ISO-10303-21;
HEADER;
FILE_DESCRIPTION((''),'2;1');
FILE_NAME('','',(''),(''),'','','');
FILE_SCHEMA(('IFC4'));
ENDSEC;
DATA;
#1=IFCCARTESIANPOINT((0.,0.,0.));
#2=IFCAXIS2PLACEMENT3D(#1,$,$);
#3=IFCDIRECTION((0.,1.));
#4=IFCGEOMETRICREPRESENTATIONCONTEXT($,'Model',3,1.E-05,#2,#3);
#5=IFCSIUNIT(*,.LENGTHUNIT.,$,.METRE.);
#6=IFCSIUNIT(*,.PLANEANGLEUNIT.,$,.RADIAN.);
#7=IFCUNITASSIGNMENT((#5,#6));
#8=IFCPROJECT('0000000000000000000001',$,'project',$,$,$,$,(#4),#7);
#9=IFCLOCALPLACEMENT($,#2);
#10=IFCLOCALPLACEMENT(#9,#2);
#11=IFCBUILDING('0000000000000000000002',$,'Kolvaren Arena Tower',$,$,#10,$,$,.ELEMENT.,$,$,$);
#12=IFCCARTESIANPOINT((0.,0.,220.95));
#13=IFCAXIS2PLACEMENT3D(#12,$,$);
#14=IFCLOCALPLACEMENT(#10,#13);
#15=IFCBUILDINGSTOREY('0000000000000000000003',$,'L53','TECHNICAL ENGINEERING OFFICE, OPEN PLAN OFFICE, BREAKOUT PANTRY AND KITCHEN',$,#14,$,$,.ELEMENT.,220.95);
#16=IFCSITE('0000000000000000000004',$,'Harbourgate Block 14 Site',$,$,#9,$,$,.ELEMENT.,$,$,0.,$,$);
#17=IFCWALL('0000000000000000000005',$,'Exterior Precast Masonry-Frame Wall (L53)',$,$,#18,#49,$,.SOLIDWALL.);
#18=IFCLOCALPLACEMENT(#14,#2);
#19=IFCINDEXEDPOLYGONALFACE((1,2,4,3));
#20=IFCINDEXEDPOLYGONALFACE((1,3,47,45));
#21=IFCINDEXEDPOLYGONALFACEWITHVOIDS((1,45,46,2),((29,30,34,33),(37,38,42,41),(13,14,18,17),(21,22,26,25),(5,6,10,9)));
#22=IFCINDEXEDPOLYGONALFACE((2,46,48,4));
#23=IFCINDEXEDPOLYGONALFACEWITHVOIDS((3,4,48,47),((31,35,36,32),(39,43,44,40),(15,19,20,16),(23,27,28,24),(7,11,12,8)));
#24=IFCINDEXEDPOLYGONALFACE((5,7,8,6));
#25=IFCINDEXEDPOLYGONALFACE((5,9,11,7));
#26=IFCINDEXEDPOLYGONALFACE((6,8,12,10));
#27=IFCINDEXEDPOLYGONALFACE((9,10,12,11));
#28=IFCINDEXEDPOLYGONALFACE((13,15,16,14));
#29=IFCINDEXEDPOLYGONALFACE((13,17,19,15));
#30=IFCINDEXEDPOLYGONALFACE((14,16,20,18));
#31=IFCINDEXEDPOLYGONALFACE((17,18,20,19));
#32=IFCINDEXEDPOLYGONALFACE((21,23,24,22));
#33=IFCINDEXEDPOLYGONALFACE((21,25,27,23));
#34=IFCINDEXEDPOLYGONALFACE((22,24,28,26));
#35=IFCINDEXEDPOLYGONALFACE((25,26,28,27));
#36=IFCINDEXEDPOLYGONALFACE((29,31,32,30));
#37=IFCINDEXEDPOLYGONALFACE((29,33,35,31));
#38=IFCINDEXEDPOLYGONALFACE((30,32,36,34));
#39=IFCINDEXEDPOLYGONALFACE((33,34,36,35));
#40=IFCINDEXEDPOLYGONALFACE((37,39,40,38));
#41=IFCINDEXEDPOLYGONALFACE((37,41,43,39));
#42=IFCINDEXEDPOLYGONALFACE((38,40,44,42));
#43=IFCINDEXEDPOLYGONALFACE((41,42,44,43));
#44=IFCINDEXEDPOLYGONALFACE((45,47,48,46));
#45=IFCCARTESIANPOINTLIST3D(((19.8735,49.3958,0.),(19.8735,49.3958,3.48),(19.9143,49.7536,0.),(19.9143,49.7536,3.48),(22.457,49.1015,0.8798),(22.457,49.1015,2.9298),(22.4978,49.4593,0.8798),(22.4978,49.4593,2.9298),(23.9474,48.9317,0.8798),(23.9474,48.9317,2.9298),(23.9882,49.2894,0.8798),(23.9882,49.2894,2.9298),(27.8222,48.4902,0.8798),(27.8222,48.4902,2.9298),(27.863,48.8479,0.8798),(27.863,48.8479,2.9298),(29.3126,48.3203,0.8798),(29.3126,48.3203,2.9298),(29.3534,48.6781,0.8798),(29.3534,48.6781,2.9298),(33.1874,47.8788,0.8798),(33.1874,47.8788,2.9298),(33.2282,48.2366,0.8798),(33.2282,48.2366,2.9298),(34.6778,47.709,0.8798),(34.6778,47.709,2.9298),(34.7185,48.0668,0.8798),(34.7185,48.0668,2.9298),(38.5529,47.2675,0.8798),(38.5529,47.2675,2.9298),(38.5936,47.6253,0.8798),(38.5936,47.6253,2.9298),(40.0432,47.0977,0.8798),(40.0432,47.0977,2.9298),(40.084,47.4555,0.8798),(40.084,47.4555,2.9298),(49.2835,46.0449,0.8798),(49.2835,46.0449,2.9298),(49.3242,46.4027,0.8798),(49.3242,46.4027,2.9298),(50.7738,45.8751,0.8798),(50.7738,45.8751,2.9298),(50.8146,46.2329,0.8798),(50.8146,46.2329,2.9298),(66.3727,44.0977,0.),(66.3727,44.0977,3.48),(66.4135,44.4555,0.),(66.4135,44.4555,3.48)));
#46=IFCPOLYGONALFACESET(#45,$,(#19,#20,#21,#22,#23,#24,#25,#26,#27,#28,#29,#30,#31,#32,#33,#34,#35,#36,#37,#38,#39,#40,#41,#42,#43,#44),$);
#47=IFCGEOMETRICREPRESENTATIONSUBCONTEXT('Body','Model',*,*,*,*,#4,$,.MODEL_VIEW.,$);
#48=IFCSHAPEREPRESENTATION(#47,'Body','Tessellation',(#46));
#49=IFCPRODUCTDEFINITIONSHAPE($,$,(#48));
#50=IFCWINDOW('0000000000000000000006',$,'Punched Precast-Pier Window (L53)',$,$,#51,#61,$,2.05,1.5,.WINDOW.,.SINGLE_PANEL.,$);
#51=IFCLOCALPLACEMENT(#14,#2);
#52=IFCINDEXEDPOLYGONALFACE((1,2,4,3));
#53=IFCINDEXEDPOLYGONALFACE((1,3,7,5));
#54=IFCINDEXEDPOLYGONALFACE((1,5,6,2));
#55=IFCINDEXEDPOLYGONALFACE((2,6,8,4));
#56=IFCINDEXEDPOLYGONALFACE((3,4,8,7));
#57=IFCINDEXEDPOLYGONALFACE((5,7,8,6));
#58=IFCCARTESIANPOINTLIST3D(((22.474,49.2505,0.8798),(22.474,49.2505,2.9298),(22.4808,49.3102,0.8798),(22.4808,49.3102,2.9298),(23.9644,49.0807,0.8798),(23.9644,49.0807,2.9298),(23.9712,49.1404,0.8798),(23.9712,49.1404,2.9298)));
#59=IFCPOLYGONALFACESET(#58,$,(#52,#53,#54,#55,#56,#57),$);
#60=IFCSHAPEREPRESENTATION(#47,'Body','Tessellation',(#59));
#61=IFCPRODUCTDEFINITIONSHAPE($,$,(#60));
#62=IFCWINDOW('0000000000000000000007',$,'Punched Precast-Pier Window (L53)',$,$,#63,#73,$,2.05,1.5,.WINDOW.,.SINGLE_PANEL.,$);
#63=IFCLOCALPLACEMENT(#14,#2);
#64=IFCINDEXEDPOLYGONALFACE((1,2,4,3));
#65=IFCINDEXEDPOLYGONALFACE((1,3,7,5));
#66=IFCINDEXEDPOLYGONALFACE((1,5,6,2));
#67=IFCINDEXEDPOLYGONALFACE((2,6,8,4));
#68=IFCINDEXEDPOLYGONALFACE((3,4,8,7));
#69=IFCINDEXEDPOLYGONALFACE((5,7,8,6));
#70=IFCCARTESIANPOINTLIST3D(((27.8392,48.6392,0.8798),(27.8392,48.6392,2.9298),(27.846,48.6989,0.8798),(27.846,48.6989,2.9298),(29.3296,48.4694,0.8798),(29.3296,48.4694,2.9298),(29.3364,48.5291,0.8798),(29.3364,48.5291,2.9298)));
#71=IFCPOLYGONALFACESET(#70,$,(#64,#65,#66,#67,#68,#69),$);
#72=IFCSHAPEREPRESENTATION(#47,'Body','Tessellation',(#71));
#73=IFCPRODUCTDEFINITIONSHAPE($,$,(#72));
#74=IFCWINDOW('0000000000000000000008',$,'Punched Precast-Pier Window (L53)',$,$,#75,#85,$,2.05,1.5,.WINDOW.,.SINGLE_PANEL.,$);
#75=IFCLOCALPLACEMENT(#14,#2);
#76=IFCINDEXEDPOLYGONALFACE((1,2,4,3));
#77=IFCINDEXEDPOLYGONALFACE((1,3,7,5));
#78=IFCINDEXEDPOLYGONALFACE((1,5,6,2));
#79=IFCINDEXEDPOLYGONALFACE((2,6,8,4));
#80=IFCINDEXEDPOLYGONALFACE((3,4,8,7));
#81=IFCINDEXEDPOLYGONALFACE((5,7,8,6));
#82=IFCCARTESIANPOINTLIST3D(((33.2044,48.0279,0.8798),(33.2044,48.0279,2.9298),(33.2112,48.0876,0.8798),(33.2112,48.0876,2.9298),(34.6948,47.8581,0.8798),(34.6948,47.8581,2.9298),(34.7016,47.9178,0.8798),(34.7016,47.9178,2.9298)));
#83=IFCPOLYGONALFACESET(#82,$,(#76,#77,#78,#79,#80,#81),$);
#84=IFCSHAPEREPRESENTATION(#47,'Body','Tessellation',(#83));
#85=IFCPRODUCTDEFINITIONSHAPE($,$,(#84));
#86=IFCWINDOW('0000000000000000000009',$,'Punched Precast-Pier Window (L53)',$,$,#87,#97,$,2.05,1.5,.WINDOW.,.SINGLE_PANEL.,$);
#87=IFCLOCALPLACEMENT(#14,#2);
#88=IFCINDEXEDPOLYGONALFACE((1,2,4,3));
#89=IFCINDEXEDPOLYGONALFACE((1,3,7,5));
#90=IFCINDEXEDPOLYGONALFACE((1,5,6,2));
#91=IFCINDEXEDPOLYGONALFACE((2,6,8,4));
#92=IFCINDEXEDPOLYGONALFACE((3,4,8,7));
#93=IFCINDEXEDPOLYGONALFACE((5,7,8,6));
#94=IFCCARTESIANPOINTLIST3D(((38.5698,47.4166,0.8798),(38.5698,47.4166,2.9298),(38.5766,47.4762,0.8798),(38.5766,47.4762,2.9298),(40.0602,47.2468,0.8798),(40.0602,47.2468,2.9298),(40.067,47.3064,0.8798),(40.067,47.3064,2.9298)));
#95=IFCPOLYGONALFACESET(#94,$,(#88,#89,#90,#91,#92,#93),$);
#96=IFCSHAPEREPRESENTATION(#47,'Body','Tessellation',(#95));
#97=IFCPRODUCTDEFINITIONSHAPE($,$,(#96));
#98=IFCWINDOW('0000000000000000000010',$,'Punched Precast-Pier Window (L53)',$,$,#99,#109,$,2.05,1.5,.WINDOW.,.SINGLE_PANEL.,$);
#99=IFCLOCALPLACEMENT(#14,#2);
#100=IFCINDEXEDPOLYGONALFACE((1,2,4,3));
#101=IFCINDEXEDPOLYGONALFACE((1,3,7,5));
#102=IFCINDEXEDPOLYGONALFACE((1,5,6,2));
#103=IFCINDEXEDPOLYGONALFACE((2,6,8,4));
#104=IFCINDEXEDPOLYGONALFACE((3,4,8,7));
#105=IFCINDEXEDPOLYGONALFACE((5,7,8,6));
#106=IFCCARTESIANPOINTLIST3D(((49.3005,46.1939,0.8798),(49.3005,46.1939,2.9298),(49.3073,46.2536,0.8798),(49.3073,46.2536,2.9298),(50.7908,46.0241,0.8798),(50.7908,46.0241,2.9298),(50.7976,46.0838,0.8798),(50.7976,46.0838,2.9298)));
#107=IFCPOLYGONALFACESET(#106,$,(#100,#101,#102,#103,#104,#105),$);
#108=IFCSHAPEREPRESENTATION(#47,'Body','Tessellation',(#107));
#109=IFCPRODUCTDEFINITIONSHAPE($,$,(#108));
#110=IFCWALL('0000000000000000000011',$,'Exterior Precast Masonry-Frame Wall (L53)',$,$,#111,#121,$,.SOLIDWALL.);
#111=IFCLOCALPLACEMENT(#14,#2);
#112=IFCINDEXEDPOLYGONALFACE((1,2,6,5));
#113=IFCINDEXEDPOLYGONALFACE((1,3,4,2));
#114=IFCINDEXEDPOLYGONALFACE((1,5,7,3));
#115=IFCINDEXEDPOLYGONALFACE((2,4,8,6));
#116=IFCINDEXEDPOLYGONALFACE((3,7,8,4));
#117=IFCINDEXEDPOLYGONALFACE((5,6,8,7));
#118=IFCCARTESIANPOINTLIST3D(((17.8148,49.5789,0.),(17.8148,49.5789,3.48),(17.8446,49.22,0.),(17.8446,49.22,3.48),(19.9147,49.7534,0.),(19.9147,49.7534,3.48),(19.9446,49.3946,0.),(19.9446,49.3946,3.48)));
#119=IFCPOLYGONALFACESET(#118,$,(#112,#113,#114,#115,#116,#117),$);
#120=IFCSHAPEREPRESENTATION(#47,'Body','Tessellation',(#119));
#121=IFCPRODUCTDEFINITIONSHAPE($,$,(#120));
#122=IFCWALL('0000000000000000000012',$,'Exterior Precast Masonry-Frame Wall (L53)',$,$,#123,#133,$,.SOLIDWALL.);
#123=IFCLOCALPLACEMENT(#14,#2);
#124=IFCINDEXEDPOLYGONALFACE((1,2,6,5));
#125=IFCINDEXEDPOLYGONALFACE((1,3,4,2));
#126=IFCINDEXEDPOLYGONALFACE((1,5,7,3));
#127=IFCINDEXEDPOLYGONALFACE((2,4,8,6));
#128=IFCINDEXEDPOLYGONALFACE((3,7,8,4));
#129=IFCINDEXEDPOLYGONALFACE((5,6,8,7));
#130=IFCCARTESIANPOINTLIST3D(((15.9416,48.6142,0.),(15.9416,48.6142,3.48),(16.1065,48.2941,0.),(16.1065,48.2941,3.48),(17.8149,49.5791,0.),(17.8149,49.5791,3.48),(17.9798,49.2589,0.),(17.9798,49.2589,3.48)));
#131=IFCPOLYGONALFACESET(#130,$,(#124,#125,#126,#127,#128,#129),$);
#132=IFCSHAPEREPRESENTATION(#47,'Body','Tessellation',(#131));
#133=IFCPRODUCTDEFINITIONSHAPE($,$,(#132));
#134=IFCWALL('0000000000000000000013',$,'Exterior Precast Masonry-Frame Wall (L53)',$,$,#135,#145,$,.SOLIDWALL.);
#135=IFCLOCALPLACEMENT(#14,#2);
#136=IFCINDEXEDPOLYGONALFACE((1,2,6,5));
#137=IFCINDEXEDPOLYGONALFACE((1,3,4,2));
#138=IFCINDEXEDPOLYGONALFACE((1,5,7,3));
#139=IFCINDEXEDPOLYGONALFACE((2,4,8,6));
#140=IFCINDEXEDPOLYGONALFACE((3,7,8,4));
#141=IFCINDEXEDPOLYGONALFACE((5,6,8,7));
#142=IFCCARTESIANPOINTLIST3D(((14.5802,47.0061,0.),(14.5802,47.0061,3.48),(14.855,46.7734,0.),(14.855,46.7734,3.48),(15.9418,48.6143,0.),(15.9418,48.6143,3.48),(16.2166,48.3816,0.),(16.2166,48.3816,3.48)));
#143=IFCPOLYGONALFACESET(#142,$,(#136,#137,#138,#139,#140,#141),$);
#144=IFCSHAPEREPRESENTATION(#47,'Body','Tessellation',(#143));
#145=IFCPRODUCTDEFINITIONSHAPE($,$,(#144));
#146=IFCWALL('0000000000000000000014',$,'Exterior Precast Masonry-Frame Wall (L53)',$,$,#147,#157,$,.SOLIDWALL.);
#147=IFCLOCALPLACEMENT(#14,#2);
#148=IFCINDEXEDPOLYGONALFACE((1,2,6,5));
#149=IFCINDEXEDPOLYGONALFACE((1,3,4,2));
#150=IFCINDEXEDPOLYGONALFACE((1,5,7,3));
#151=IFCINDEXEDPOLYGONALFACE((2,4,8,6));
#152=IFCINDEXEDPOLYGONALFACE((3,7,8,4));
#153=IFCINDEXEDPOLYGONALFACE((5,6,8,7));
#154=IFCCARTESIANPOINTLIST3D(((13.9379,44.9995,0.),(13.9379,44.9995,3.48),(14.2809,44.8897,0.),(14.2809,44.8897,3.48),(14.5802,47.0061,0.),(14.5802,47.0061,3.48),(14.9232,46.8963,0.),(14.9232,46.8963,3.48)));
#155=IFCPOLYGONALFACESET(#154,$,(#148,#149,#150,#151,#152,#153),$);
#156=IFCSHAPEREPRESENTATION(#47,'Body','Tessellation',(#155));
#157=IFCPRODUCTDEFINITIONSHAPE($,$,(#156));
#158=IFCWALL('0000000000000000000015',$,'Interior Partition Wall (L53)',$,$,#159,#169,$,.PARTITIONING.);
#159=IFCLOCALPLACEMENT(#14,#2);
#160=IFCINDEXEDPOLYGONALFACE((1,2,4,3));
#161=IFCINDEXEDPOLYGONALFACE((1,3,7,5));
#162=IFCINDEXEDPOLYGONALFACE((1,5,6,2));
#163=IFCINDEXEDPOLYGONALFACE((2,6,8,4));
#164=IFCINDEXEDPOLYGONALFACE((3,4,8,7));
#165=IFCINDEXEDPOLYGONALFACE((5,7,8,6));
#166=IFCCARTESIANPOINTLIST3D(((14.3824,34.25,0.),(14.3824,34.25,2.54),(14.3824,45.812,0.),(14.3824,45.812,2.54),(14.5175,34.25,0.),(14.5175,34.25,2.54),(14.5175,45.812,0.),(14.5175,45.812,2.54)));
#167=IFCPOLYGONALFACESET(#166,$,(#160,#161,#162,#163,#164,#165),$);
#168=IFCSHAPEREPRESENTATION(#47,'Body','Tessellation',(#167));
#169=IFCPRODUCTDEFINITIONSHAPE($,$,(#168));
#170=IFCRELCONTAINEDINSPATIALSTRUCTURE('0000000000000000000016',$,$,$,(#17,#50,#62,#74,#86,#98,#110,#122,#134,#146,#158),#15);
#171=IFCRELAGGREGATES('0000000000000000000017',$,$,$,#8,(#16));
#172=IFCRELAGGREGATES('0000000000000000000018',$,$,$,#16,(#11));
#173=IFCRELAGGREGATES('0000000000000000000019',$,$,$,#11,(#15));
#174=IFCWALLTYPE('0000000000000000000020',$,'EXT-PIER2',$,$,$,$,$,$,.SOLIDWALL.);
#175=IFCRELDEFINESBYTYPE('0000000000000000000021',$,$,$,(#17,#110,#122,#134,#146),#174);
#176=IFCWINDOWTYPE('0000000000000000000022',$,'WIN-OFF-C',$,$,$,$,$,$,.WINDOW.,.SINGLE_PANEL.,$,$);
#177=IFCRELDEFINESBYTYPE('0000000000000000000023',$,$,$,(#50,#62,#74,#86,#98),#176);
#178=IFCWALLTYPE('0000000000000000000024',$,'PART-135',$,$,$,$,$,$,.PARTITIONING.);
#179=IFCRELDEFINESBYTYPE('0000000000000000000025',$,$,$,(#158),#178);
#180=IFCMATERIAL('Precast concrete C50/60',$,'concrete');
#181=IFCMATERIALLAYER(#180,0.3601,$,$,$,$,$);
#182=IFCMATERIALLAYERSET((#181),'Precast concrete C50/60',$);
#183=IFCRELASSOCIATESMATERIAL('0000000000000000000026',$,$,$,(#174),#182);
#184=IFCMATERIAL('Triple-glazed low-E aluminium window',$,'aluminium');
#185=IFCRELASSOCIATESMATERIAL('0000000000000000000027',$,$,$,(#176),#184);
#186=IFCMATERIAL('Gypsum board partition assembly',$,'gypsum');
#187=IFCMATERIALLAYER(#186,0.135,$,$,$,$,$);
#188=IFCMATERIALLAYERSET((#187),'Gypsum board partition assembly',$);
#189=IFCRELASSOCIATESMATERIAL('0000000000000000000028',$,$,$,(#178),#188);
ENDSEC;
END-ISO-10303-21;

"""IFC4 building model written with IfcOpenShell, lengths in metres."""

from ifc_helpers import new_model, si_unit, direction, frame, frame_2d, origin, place, context, subcontext, project, spatial, rectangle, extrude, material, layer, layer_set, type_object, element, fill, save


model = new_model("IFC4")

# Units and contexts
model_context = context("Model", 3, precision=1e-05, world=origin(), true_north=direction((0.0, 1.0)))
body_context = subcontext(model_context, "Body", "Model", "MODEL_VIEW")
ifc_project = project(units=[si_unit("LENGTHUNIT", "METRE"), si_unit("PLANEANGLEUNIT", "RADIAN")], contexts=[model_context])

# Site, building, storey
site_placement = place(None, origin())
site = spatial("IfcSite", under=ifc_project, at=site_placement, Name="Harbourgate Block 14 Site", CompositionType="ELEMENT", RefElevation=0.0)
building_placement = place(site_placement, origin())
building = spatial("IfcBuilding", under=site, at=building_placement, Name="Kolvaren Arena Tower", CompositionType="ELEMENT")
storey_placement = place(building_placement, frame((0.0, 0.0, 220.95)))
storey = spatial("IfcBuildingStorey", under=building, at=storey_placement, Name="L53", Description="TECHNICAL ENGINEERING OFFICE, OPEN PLAN OFFICE, BREAKOUT PANTRY AND KITCHEN", CompositionType="ELEMENT", Elevation=220.95)

# Wall, openings, windows
ifc_material_1 = material(Name="Precast concrete C50/60", Category="concrete")
ifc_layer_1 = layer(ifc_material_1, 0.3601)
ifc_layer_set_1 = layer_set([ifc_layer_1], Name="Precast concrete C50/60")
wall_type_1 = type_object("IfcWallType", Name="EXT-PIER2", PredefinedType="SOLIDWALL", material=ifc_layer_set_1)
wall_1_placement = place(storey_placement, frame((19.894, 49.5747, 0.0), z_axis=(0.0, 0.0, 1.0), x_axis=(0.993571, -0.113207, 0.0)))
wall_1 = element("IfcWall", 1, at=wall_1_placement, inside=storey, type_object=wall_type_1, Name="Exterior Precast Masonry-Frame Wall (L53)", PredefinedType="SOLIDWALL", context=body_context, shape_type="SweptSolid", body=[
    extrude(rectangle(XDim=46.8, YDim=0.3601, at=frame_2d((23.3999, 0.0))), origin(), (0.0, 0.0, 1.0), 3.48),
])
opening_1_placement = place(wall_1_placement, frame((2.6001, 0.0, 0.8799)))
opening_1 = element("IfcOpeningElement", 2, at=opening_1_placement, cuts=wall_1, PredefinedType="OPENING", context=body_context, shape_type="SweptSolid", body=[
    extrude(rectangle(XDim=1.5, YDim=2.05, at=frame_2d((0.75, 1.0249))), frame((0.0, 0.1899, 0.0), z_axis=(0.0, -1.0, 0.0), x_axis=(1.0, 0.0, 0.0)), (0.0, 0.0, 1.0), 0.3801),
])
opening_2_placement = place(wall_1_placement, frame((8.0, 0.0, 0.8799)))
opening_2 = element("IfcOpeningElement", 3, at=opening_2_placement, cuts=wall_1, PredefinedType="OPENING", context=body_context, shape_type="SweptSolid", body=[
    extrude(rectangle(XDim=1.5, YDim=2.05, at=frame_2d((0.75, 1.0249))), frame((0.0, 0.1899, 0.0), z_axis=(0.0, -1.0, 0.0), x_axis=(1.0, 0.0, 0.0)), (0.0, 0.0, 1.0), 0.3801),
])
opening_3_placement = place(wall_1_placement, frame((13.3999, 0.0, 0.8799)))
opening_3 = element("IfcOpeningElement", 4, at=opening_3_placement, cuts=wall_1, PredefinedType="OPENING", context=body_context, shape_type="SweptSolid", body=[
    extrude(rectangle(XDim=1.5, YDim=2.05, at=frame_2d((0.75, 1.0249))), frame((0.0, 0.1899, 0.0), z_axis=(0.0, -1.0, 0.0), x_axis=(1.0, 0.0, 0.0)), (0.0, 0.0, 1.0), 0.3801),
])
opening_4_placement = place(wall_1_placement, frame((18.8, 0.0, 0.8799)))
opening_4 = element("IfcOpeningElement", 5, at=opening_4_placement, cuts=wall_1, PredefinedType="OPENING", context=body_context, shape_type="SweptSolid", body=[
    extrude(rectangle(XDim=1.5, YDim=2.05, at=frame_2d((0.75, 1.0249))), frame((0.0, 0.1899, 0.0), z_axis=(0.0, -1.0, 0.0), x_axis=(1.0, 0.0, 0.0)), (0.0, 0.0, 1.0), 0.3801),
])
opening_5_placement = place(wall_1_placement, frame((29.6001, 0.0, 0.8799)))
opening_5 = element("IfcOpeningElement", 6, at=opening_5_placement, cuts=wall_1, PredefinedType="OPENING", context=body_context, shape_type="SweptSolid", body=[
    extrude(rectangle(XDim=1.5, YDim=2.05, at=frame_2d((0.75, 1.0249))), frame((0.0, 0.1899, 0.0), z_axis=(0.0, -1.0, 0.0), x_axis=(1.0, 0.0, 0.0)), (0.0, 0.0, 1.0), 0.3801),
])
ifc_material_2 = material(Name="Triple-glazed low-E aluminium window", Category="aluminium")
window_type = type_object("IfcWindowType", Name="WIN-OFF-C", PartitioningType="SINGLE_PANEL", PredefinedType="WINDOW", material=ifc_material_2)
window_1_placement = place(opening_1_placement, origin())
window_1 = element("IfcWindow", 7, at=window_1_placement, inside=storey, type_object=window_type, Name="Punched Precast-Pier Window (L53)", OverallHeight=2.05, OverallWidth=1.5, PartitioningType="SINGLE_PANEL", PredefinedType="WINDOW", context=body_context, shape_type="SweptSolid", body=[
    extrude(rectangle(XDim=1.5, YDim=2.05, at=frame_2d((0.75, 1.0249))), frame((0.0, 0.03, 0.0), z_axis=(0.0, -1.0, 0.0), x_axis=(1.0, 0.0, 0.0)), (0.0, 0.0, 1.0), 0.0601),
])
fill(opening_1, window_1)
window_2_placement = place(opening_2_placement, origin())
window_2 = element("IfcWindow", 8, at=window_2_placement, inside=storey, type_object=window_type, Name="Punched Precast-Pier Window (L53)", OverallHeight=2.05, OverallWidth=1.5, PartitioningType="SINGLE_PANEL", PredefinedType="WINDOW", context=body_context, shape_type="SweptSolid", body=[
    extrude(rectangle(XDim=1.5, YDim=2.05, at=frame_2d((0.75, 1.0249))), frame((0.0, 0.03, 0.0), z_axis=(0.0, -1.0, 0.0), x_axis=(1.0, 0.0, 0.0)), (0.0, 0.0, 1.0), 0.0601),
])
fill(opening_2, window_2)
window_3_placement = place(opening_3_placement, origin())
window_3 = element("IfcWindow", 9, at=window_3_placement, inside=storey, type_object=window_type, Name="Punched Precast-Pier Window (L53)", OverallHeight=2.05, OverallWidth=1.5, PartitioningType="SINGLE_PANEL", PredefinedType="WINDOW", context=body_context, shape_type="SweptSolid", body=[
    extrude(rectangle(XDim=1.5, YDim=2.05, at=frame_2d((0.75, 1.0249))), frame((0.0, 0.03, 0.0), z_axis=(0.0, -1.0, 0.0), x_axis=(1.0, 0.0, 0.0)), (0.0, 0.0, 1.0), 0.0601),
])
fill(opening_3, window_3)
window_4_placement = place(opening_4_placement, origin())
window_4 = element("IfcWindow", 10, at=window_4_placement, inside=storey, type_object=window_type, Name="Punched Precast-Pier Window (L53)", OverallHeight=2.05, OverallWidth=1.5, PartitioningType="SINGLE_PANEL", PredefinedType="WINDOW", context=body_context, shape_type="SweptSolid", body=[
    extrude(rectangle(XDim=1.5, YDim=2.05, at=frame_2d((0.75, 1.0249))), frame((0.0, 0.03, 0.0), z_axis=(0.0, -1.0, 0.0), x_axis=(1.0, 0.0, 0.0)), (0.0, 0.0, 1.0), 0.0601),
])
fill(opening_4, window_4)
window_5_placement = place(opening_5_placement, origin())
window_5 = element("IfcWindow", 11, at=window_5_placement, inside=storey, type_object=window_type, Name="Punched Precast-Pier Window (L53)", OverallHeight=2.05, OverallWidth=1.5, PartitioningType="SINGLE_PANEL", PredefinedType="WINDOW", context=body_context, shape_type="SweptSolid", body=[
    extrude(rectangle(XDim=1.5, YDim=2.05, at=frame_2d((0.75, 1.0249))), frame((0.0, 0.03, 0.0), z_axis=(0.0, -1.0, 0.0), x_axis=(1.0, 0.0, 0.0)), (0.0, 0.0, 1.0), 0.0601),
])
fill(opening_5, window_5)

# Walls
for number, where, z_axis, x_axis, name in (
    (12, (17.8296, 49.3994, 0.0), (0.0, 0.0, 1.0), (0.996563, 0.082844, 0.0), "Exterior Precast Masonry-Frame Wall (L53)"),
    (13, (16.0239, 48.4541, 0.0), (0.0, 0.0, 1.0), (0.88901, 0.457887, 0.0), "Exterior Precast Masonry-Frame Wall (L53)"),
    (14, (14.7175, 46.8896, 0.0), (0.0, 0.0, 1.0), (0.646171, 0.763193, 0.0), "Exterior Precast Masonry-Frame Wall (L53)"),
):
    element("IfcWall", number, at=place(storey_placement, frame(where, z_axis=z_axis, x_axis=x_axis)), inside=storey, type_object=wall_type_1, Name=name, PredefinedType="SOLIDWALL", context=body_context, shape_type="SweptSolid", body=[
        extrude(rectangle(XDim=2.1072, YDim=0.3601, at=frame_2d((1.0537, 0.0))), origin(), (0.0, 0.0, 1.0), 3.48),
    ])
wall_2_placement = place(storey_placement, frame((14.1094, 44.9446, 0.0), z_axis=(0.0, 0.0, 1.0), x_axis=(0.304872, 0.952393, 0.0)))
element("IfcWall", 15, at=wall_2_placement, inside=storey, type_object=wall_type_1, Name="Exterior Precast Masonry-Frame Wall (L53)", PredefinedType="SOLIDWALL", context=body_context, shape_type="SweptSolid", body=[
    extrude(rectangle(XDim=2.1069, YDim=0.3601, at=frame_2d((1.0535, 0.0))), origin(), (0.0, 0.0, 1.0), 3.48),
])
ifc_material_3 = material(Name="Gypsum board partition assembly", Category="gypsum")
ifc_layer_2 = layer(ifc_material_3, 0.135)
ifc_layer_set_2 = layer_set([ifc_layer_2], Name="Gypsum board partition assembly")
wall_type_2 = type_object("IfcWallType", Name="PART-135", PredefinedType="PARTITIONING", material=ifc_layer_set_2)
wall_3_placement = place(storey_placement, frame((14.45, 34.25, 0.0), z_axis=(0.0, 0.0, 1.0), x_axis=(0.0, 1.0, 0.0)))
element("IfcWall", 16, at=wall_3_placement, inside=storey, type_object=wall_type_2, Name="Interior Partition Wall (L53)", PredefinedType="PARTITIONING", context=body_context, shape_type="SweptSolid", body=[
    extrude(rectangle(XDim=11.562, YDim=0.135, at=frame_2d((5.781, 0.0))), origin(), (0.0, 0.0, 1.0), 2.54),
])

save(model, "model.ifc")
